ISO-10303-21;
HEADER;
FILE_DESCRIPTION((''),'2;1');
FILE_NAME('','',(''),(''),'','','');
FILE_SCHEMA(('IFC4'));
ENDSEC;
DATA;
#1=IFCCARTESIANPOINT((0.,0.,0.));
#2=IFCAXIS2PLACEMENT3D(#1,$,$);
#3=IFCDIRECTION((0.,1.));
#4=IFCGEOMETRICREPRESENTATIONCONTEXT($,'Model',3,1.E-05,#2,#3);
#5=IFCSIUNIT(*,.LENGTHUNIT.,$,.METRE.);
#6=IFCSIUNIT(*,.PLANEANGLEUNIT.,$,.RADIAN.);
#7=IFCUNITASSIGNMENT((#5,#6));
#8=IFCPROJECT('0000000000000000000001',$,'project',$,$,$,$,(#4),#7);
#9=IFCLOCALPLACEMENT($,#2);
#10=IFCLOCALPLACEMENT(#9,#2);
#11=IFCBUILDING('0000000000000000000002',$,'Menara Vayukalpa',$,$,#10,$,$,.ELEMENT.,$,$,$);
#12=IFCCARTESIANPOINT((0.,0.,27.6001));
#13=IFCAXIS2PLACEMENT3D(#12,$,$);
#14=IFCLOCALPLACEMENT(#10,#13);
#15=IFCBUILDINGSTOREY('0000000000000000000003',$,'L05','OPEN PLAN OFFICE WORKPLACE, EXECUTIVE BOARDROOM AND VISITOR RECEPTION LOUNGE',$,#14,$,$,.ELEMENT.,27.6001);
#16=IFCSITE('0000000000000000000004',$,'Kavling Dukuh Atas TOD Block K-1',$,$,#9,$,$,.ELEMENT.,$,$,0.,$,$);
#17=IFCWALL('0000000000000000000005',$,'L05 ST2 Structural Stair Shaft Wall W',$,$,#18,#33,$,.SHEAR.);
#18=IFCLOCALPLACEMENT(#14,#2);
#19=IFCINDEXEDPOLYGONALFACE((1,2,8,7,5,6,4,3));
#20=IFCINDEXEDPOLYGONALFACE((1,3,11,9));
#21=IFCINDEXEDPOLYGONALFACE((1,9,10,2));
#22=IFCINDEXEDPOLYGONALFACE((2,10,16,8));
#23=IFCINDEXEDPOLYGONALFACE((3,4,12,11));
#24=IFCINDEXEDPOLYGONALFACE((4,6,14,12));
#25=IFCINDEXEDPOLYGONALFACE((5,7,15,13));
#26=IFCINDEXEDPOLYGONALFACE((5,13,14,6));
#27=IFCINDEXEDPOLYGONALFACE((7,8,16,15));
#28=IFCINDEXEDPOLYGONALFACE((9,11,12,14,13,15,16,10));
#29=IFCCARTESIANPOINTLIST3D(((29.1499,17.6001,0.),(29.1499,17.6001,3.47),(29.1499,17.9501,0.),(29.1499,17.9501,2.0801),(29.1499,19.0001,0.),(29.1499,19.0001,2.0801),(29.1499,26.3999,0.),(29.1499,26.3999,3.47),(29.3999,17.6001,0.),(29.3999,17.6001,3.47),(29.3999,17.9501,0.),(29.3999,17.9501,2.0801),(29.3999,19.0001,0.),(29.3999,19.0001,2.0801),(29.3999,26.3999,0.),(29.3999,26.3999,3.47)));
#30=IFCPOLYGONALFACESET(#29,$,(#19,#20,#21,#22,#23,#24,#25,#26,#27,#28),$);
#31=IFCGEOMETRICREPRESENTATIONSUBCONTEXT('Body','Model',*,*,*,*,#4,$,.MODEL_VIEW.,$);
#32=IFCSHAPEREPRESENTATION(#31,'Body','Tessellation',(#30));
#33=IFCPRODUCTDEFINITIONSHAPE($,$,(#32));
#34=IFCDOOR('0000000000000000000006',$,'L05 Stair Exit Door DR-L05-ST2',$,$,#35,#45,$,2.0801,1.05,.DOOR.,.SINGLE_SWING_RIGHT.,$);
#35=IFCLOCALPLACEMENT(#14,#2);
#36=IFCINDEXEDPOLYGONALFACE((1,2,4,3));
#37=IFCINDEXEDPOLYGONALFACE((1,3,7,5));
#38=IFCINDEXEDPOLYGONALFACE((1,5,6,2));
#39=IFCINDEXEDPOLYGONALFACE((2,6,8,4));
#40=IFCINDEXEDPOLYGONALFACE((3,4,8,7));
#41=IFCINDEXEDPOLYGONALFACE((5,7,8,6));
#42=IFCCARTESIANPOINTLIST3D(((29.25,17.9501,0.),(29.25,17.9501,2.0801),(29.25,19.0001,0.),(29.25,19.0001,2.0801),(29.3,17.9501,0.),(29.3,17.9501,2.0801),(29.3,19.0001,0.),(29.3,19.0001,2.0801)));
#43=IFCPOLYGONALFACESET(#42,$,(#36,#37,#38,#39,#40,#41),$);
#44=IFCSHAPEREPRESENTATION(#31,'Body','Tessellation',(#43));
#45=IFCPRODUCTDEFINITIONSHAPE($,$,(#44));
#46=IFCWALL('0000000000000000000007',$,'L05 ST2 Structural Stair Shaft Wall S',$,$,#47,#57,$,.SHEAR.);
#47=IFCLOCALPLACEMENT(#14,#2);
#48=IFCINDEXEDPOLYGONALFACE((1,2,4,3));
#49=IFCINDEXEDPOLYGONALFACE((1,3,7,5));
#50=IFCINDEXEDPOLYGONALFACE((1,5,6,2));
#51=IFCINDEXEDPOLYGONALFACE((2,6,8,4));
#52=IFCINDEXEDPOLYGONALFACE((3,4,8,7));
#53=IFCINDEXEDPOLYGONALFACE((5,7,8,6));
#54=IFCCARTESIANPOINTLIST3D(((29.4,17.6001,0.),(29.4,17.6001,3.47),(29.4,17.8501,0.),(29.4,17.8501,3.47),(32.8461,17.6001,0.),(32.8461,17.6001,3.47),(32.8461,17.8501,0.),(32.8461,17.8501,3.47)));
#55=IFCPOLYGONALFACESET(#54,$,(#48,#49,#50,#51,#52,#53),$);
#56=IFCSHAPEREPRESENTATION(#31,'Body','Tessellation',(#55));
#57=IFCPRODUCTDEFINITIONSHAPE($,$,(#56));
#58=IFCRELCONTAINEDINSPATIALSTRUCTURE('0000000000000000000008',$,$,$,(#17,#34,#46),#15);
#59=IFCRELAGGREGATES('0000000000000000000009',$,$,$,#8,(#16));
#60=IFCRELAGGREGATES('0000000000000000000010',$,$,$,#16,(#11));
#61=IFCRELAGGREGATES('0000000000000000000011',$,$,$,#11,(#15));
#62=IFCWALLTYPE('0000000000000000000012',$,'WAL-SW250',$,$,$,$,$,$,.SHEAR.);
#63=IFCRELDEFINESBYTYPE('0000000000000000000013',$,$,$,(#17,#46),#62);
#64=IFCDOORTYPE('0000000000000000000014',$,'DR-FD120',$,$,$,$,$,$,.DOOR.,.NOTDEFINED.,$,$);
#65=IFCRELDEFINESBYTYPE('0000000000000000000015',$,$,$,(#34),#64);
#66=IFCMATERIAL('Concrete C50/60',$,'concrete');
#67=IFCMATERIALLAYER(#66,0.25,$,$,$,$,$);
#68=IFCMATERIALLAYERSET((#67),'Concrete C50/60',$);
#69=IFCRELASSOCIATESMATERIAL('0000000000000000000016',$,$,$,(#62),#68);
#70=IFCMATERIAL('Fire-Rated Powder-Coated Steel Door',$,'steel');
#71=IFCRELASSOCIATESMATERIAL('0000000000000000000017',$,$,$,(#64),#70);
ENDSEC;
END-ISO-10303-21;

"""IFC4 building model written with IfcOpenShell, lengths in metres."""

from ifc_helpers import new_model, si_unit, direction, frame, frame_2d, origin, place, context, subcontext, project, spatial, rectangle, extrude, material, layer, layer_set, type_object, element, fill, save


model = new_model("IFC4")

# Units and contexts
model_context = context("Model", 3, precision=1e-05, world=origin(), true_north=direction((0.0, 1.0)))
body_context = subcontext(model_context, "Body", "Model", "MODEL_VIEW")
ifc_project = project(units=[si_unit("LENGTHUNIT", "METRE"), si_unit("PLANEANGLEUNIT", "RADIAN")], contexts=[model_context])

# Site, building, storey
site_placement = place(None, origin())
site = spatial("IfcSite", under=ifc_project, at=site_placement, Name="Kavling Dukuh Atas TOD Block K-1", CompositionType="ELEMENT", RefElevation=0.0)
building_placement = place(site_placement, origin())
building = spatial("IfcBuilding", under=site, at=building_placement, Name="Menara Vayukalpa", CompositionType="ELEMENT")
storey_placement = place(building_placement, frame((0.0, 0.0, 27.6001)))
storey = spatial("IfcBuildingStorey", under=building, at=storey_placement, Name="L05", Description="OPEN PLAN OFFICE WORKPLACE, EXECUTIVE BOARDROOM AND VISITOR RECEPTION LOUNGE", CompositionType="ELEMENT", Elevation=27.6001)

# Wall, opening, door
ifc_material_1 = material(Name="Concrete C50/60", Category="concrete")
ifc_layer_1 = layer(ifc_material_1, 0.25)
ifc_layer_set_1 = layer_set([ifc_layer_1], Name="Concrete C50/60")
wall_type_1 = type_object("IfcWallType", Name="WAL-SW250", PredefinedType="SHEAR", material=ifc_layer_set_1)
wall_1_placement = place(storey_placement, frame((29.2749, 17.6001, 0.0), z_axis=(0.0, 0.0, 1.0), x_axis=(0.0, 1.0, 0.0)))
wall_1 = element("IfcWall", 1, at=wall_1_placement, inside=storey, type_object=wall_type_1, Name="L05 ST2 Structural Stair Shaft Wall W", PredefinedType="SHEAR", context=body_context, shape_type="SweptSolid", body=[
    extrude(rectangle(XDim=8.7998, YDim=0.25, at=frame_2d((4.3999, 0.0))), origin(), (0.0, 0.0, 1.0), 3.47),
])
opening_1_placement = place(wall_1_placement, frame((0.3501, 0.0, 0.0)))
opening_1 = element("IfcOpeningElement", 2, at=opening_1_placement, cuts=wall_1, PredefinedType="OPENING", context=body_context, shape_type="SweptSolid", body=[
    extrude(rectangle(XDim=1.05, YDim=2.0801, at=frame_2d((0.5249, 1.04))), frame((0.0, 0.135, 0.0), z_axis=(0.0, -1.0, 0.0), x_axis=(1.0, 0.0, 0.0)), (0.0, 0.0, 1.0), 0.27),
])
ifc_material_2 = material(Name="Fire-Rated Powder-Coated Steel Door", Category="steel")
door_type_1 = type_object("IfcDoorType", Name="DR-FD120", OperationType="NOTDEFINED", PredefinedType="DOOR", material=ifc_material_2)
door_1_placement = place(opening_1_placement, origin())
door_1 = element("IfcDoor", 3, at=door_1_placement, inside=storey, type_object=door_type_1, Name="L05 Stair Exit Door DR-L05-ST2", OperationType="SINGLE_SWING_RIGHT", OverallHeight=2.0801, OverallWidth=1.05, PredefinedType="DOOR", context=body_context, shape_type="SweptSolid", body=[
    extrude(rectangle(XDim=1.05, YDim=2.0801, at=frame_2d((0.5249, 1.04))), frame((0.0, 0.0249, 0.0), z_axis=(0.0, -1.0, 0.0), x_axis=(1.0, 0.0, 0.0)), (0.0, 0.0, 1.0), 0.05),
])
fill(opening_1, door_1)

# Wall
wall_2_placement = place(storey_placement, frame((29.3999, 17.7251, 0.0), z_axis=(0.0, 0.0, 1.0), x_axis=(1.0, 0.0, 0.0)))
element("IfcWall", 4, at=wall_2_placement, inside=storey, type_object=wall_type_1, Name="L05 ST2 Structural Stair Shaft Wall S", PredefinedType="SHEAR", context=body_context, shape_type="SweptSolid", body=[
    extrude(rectangle(XDim=3.446, YDim=0.25, at=frame_2d((1.7231, 0.0))), origin(), (0.0, 0.0, 1.0), 3.47),
])

save(model, "model.ifc")
